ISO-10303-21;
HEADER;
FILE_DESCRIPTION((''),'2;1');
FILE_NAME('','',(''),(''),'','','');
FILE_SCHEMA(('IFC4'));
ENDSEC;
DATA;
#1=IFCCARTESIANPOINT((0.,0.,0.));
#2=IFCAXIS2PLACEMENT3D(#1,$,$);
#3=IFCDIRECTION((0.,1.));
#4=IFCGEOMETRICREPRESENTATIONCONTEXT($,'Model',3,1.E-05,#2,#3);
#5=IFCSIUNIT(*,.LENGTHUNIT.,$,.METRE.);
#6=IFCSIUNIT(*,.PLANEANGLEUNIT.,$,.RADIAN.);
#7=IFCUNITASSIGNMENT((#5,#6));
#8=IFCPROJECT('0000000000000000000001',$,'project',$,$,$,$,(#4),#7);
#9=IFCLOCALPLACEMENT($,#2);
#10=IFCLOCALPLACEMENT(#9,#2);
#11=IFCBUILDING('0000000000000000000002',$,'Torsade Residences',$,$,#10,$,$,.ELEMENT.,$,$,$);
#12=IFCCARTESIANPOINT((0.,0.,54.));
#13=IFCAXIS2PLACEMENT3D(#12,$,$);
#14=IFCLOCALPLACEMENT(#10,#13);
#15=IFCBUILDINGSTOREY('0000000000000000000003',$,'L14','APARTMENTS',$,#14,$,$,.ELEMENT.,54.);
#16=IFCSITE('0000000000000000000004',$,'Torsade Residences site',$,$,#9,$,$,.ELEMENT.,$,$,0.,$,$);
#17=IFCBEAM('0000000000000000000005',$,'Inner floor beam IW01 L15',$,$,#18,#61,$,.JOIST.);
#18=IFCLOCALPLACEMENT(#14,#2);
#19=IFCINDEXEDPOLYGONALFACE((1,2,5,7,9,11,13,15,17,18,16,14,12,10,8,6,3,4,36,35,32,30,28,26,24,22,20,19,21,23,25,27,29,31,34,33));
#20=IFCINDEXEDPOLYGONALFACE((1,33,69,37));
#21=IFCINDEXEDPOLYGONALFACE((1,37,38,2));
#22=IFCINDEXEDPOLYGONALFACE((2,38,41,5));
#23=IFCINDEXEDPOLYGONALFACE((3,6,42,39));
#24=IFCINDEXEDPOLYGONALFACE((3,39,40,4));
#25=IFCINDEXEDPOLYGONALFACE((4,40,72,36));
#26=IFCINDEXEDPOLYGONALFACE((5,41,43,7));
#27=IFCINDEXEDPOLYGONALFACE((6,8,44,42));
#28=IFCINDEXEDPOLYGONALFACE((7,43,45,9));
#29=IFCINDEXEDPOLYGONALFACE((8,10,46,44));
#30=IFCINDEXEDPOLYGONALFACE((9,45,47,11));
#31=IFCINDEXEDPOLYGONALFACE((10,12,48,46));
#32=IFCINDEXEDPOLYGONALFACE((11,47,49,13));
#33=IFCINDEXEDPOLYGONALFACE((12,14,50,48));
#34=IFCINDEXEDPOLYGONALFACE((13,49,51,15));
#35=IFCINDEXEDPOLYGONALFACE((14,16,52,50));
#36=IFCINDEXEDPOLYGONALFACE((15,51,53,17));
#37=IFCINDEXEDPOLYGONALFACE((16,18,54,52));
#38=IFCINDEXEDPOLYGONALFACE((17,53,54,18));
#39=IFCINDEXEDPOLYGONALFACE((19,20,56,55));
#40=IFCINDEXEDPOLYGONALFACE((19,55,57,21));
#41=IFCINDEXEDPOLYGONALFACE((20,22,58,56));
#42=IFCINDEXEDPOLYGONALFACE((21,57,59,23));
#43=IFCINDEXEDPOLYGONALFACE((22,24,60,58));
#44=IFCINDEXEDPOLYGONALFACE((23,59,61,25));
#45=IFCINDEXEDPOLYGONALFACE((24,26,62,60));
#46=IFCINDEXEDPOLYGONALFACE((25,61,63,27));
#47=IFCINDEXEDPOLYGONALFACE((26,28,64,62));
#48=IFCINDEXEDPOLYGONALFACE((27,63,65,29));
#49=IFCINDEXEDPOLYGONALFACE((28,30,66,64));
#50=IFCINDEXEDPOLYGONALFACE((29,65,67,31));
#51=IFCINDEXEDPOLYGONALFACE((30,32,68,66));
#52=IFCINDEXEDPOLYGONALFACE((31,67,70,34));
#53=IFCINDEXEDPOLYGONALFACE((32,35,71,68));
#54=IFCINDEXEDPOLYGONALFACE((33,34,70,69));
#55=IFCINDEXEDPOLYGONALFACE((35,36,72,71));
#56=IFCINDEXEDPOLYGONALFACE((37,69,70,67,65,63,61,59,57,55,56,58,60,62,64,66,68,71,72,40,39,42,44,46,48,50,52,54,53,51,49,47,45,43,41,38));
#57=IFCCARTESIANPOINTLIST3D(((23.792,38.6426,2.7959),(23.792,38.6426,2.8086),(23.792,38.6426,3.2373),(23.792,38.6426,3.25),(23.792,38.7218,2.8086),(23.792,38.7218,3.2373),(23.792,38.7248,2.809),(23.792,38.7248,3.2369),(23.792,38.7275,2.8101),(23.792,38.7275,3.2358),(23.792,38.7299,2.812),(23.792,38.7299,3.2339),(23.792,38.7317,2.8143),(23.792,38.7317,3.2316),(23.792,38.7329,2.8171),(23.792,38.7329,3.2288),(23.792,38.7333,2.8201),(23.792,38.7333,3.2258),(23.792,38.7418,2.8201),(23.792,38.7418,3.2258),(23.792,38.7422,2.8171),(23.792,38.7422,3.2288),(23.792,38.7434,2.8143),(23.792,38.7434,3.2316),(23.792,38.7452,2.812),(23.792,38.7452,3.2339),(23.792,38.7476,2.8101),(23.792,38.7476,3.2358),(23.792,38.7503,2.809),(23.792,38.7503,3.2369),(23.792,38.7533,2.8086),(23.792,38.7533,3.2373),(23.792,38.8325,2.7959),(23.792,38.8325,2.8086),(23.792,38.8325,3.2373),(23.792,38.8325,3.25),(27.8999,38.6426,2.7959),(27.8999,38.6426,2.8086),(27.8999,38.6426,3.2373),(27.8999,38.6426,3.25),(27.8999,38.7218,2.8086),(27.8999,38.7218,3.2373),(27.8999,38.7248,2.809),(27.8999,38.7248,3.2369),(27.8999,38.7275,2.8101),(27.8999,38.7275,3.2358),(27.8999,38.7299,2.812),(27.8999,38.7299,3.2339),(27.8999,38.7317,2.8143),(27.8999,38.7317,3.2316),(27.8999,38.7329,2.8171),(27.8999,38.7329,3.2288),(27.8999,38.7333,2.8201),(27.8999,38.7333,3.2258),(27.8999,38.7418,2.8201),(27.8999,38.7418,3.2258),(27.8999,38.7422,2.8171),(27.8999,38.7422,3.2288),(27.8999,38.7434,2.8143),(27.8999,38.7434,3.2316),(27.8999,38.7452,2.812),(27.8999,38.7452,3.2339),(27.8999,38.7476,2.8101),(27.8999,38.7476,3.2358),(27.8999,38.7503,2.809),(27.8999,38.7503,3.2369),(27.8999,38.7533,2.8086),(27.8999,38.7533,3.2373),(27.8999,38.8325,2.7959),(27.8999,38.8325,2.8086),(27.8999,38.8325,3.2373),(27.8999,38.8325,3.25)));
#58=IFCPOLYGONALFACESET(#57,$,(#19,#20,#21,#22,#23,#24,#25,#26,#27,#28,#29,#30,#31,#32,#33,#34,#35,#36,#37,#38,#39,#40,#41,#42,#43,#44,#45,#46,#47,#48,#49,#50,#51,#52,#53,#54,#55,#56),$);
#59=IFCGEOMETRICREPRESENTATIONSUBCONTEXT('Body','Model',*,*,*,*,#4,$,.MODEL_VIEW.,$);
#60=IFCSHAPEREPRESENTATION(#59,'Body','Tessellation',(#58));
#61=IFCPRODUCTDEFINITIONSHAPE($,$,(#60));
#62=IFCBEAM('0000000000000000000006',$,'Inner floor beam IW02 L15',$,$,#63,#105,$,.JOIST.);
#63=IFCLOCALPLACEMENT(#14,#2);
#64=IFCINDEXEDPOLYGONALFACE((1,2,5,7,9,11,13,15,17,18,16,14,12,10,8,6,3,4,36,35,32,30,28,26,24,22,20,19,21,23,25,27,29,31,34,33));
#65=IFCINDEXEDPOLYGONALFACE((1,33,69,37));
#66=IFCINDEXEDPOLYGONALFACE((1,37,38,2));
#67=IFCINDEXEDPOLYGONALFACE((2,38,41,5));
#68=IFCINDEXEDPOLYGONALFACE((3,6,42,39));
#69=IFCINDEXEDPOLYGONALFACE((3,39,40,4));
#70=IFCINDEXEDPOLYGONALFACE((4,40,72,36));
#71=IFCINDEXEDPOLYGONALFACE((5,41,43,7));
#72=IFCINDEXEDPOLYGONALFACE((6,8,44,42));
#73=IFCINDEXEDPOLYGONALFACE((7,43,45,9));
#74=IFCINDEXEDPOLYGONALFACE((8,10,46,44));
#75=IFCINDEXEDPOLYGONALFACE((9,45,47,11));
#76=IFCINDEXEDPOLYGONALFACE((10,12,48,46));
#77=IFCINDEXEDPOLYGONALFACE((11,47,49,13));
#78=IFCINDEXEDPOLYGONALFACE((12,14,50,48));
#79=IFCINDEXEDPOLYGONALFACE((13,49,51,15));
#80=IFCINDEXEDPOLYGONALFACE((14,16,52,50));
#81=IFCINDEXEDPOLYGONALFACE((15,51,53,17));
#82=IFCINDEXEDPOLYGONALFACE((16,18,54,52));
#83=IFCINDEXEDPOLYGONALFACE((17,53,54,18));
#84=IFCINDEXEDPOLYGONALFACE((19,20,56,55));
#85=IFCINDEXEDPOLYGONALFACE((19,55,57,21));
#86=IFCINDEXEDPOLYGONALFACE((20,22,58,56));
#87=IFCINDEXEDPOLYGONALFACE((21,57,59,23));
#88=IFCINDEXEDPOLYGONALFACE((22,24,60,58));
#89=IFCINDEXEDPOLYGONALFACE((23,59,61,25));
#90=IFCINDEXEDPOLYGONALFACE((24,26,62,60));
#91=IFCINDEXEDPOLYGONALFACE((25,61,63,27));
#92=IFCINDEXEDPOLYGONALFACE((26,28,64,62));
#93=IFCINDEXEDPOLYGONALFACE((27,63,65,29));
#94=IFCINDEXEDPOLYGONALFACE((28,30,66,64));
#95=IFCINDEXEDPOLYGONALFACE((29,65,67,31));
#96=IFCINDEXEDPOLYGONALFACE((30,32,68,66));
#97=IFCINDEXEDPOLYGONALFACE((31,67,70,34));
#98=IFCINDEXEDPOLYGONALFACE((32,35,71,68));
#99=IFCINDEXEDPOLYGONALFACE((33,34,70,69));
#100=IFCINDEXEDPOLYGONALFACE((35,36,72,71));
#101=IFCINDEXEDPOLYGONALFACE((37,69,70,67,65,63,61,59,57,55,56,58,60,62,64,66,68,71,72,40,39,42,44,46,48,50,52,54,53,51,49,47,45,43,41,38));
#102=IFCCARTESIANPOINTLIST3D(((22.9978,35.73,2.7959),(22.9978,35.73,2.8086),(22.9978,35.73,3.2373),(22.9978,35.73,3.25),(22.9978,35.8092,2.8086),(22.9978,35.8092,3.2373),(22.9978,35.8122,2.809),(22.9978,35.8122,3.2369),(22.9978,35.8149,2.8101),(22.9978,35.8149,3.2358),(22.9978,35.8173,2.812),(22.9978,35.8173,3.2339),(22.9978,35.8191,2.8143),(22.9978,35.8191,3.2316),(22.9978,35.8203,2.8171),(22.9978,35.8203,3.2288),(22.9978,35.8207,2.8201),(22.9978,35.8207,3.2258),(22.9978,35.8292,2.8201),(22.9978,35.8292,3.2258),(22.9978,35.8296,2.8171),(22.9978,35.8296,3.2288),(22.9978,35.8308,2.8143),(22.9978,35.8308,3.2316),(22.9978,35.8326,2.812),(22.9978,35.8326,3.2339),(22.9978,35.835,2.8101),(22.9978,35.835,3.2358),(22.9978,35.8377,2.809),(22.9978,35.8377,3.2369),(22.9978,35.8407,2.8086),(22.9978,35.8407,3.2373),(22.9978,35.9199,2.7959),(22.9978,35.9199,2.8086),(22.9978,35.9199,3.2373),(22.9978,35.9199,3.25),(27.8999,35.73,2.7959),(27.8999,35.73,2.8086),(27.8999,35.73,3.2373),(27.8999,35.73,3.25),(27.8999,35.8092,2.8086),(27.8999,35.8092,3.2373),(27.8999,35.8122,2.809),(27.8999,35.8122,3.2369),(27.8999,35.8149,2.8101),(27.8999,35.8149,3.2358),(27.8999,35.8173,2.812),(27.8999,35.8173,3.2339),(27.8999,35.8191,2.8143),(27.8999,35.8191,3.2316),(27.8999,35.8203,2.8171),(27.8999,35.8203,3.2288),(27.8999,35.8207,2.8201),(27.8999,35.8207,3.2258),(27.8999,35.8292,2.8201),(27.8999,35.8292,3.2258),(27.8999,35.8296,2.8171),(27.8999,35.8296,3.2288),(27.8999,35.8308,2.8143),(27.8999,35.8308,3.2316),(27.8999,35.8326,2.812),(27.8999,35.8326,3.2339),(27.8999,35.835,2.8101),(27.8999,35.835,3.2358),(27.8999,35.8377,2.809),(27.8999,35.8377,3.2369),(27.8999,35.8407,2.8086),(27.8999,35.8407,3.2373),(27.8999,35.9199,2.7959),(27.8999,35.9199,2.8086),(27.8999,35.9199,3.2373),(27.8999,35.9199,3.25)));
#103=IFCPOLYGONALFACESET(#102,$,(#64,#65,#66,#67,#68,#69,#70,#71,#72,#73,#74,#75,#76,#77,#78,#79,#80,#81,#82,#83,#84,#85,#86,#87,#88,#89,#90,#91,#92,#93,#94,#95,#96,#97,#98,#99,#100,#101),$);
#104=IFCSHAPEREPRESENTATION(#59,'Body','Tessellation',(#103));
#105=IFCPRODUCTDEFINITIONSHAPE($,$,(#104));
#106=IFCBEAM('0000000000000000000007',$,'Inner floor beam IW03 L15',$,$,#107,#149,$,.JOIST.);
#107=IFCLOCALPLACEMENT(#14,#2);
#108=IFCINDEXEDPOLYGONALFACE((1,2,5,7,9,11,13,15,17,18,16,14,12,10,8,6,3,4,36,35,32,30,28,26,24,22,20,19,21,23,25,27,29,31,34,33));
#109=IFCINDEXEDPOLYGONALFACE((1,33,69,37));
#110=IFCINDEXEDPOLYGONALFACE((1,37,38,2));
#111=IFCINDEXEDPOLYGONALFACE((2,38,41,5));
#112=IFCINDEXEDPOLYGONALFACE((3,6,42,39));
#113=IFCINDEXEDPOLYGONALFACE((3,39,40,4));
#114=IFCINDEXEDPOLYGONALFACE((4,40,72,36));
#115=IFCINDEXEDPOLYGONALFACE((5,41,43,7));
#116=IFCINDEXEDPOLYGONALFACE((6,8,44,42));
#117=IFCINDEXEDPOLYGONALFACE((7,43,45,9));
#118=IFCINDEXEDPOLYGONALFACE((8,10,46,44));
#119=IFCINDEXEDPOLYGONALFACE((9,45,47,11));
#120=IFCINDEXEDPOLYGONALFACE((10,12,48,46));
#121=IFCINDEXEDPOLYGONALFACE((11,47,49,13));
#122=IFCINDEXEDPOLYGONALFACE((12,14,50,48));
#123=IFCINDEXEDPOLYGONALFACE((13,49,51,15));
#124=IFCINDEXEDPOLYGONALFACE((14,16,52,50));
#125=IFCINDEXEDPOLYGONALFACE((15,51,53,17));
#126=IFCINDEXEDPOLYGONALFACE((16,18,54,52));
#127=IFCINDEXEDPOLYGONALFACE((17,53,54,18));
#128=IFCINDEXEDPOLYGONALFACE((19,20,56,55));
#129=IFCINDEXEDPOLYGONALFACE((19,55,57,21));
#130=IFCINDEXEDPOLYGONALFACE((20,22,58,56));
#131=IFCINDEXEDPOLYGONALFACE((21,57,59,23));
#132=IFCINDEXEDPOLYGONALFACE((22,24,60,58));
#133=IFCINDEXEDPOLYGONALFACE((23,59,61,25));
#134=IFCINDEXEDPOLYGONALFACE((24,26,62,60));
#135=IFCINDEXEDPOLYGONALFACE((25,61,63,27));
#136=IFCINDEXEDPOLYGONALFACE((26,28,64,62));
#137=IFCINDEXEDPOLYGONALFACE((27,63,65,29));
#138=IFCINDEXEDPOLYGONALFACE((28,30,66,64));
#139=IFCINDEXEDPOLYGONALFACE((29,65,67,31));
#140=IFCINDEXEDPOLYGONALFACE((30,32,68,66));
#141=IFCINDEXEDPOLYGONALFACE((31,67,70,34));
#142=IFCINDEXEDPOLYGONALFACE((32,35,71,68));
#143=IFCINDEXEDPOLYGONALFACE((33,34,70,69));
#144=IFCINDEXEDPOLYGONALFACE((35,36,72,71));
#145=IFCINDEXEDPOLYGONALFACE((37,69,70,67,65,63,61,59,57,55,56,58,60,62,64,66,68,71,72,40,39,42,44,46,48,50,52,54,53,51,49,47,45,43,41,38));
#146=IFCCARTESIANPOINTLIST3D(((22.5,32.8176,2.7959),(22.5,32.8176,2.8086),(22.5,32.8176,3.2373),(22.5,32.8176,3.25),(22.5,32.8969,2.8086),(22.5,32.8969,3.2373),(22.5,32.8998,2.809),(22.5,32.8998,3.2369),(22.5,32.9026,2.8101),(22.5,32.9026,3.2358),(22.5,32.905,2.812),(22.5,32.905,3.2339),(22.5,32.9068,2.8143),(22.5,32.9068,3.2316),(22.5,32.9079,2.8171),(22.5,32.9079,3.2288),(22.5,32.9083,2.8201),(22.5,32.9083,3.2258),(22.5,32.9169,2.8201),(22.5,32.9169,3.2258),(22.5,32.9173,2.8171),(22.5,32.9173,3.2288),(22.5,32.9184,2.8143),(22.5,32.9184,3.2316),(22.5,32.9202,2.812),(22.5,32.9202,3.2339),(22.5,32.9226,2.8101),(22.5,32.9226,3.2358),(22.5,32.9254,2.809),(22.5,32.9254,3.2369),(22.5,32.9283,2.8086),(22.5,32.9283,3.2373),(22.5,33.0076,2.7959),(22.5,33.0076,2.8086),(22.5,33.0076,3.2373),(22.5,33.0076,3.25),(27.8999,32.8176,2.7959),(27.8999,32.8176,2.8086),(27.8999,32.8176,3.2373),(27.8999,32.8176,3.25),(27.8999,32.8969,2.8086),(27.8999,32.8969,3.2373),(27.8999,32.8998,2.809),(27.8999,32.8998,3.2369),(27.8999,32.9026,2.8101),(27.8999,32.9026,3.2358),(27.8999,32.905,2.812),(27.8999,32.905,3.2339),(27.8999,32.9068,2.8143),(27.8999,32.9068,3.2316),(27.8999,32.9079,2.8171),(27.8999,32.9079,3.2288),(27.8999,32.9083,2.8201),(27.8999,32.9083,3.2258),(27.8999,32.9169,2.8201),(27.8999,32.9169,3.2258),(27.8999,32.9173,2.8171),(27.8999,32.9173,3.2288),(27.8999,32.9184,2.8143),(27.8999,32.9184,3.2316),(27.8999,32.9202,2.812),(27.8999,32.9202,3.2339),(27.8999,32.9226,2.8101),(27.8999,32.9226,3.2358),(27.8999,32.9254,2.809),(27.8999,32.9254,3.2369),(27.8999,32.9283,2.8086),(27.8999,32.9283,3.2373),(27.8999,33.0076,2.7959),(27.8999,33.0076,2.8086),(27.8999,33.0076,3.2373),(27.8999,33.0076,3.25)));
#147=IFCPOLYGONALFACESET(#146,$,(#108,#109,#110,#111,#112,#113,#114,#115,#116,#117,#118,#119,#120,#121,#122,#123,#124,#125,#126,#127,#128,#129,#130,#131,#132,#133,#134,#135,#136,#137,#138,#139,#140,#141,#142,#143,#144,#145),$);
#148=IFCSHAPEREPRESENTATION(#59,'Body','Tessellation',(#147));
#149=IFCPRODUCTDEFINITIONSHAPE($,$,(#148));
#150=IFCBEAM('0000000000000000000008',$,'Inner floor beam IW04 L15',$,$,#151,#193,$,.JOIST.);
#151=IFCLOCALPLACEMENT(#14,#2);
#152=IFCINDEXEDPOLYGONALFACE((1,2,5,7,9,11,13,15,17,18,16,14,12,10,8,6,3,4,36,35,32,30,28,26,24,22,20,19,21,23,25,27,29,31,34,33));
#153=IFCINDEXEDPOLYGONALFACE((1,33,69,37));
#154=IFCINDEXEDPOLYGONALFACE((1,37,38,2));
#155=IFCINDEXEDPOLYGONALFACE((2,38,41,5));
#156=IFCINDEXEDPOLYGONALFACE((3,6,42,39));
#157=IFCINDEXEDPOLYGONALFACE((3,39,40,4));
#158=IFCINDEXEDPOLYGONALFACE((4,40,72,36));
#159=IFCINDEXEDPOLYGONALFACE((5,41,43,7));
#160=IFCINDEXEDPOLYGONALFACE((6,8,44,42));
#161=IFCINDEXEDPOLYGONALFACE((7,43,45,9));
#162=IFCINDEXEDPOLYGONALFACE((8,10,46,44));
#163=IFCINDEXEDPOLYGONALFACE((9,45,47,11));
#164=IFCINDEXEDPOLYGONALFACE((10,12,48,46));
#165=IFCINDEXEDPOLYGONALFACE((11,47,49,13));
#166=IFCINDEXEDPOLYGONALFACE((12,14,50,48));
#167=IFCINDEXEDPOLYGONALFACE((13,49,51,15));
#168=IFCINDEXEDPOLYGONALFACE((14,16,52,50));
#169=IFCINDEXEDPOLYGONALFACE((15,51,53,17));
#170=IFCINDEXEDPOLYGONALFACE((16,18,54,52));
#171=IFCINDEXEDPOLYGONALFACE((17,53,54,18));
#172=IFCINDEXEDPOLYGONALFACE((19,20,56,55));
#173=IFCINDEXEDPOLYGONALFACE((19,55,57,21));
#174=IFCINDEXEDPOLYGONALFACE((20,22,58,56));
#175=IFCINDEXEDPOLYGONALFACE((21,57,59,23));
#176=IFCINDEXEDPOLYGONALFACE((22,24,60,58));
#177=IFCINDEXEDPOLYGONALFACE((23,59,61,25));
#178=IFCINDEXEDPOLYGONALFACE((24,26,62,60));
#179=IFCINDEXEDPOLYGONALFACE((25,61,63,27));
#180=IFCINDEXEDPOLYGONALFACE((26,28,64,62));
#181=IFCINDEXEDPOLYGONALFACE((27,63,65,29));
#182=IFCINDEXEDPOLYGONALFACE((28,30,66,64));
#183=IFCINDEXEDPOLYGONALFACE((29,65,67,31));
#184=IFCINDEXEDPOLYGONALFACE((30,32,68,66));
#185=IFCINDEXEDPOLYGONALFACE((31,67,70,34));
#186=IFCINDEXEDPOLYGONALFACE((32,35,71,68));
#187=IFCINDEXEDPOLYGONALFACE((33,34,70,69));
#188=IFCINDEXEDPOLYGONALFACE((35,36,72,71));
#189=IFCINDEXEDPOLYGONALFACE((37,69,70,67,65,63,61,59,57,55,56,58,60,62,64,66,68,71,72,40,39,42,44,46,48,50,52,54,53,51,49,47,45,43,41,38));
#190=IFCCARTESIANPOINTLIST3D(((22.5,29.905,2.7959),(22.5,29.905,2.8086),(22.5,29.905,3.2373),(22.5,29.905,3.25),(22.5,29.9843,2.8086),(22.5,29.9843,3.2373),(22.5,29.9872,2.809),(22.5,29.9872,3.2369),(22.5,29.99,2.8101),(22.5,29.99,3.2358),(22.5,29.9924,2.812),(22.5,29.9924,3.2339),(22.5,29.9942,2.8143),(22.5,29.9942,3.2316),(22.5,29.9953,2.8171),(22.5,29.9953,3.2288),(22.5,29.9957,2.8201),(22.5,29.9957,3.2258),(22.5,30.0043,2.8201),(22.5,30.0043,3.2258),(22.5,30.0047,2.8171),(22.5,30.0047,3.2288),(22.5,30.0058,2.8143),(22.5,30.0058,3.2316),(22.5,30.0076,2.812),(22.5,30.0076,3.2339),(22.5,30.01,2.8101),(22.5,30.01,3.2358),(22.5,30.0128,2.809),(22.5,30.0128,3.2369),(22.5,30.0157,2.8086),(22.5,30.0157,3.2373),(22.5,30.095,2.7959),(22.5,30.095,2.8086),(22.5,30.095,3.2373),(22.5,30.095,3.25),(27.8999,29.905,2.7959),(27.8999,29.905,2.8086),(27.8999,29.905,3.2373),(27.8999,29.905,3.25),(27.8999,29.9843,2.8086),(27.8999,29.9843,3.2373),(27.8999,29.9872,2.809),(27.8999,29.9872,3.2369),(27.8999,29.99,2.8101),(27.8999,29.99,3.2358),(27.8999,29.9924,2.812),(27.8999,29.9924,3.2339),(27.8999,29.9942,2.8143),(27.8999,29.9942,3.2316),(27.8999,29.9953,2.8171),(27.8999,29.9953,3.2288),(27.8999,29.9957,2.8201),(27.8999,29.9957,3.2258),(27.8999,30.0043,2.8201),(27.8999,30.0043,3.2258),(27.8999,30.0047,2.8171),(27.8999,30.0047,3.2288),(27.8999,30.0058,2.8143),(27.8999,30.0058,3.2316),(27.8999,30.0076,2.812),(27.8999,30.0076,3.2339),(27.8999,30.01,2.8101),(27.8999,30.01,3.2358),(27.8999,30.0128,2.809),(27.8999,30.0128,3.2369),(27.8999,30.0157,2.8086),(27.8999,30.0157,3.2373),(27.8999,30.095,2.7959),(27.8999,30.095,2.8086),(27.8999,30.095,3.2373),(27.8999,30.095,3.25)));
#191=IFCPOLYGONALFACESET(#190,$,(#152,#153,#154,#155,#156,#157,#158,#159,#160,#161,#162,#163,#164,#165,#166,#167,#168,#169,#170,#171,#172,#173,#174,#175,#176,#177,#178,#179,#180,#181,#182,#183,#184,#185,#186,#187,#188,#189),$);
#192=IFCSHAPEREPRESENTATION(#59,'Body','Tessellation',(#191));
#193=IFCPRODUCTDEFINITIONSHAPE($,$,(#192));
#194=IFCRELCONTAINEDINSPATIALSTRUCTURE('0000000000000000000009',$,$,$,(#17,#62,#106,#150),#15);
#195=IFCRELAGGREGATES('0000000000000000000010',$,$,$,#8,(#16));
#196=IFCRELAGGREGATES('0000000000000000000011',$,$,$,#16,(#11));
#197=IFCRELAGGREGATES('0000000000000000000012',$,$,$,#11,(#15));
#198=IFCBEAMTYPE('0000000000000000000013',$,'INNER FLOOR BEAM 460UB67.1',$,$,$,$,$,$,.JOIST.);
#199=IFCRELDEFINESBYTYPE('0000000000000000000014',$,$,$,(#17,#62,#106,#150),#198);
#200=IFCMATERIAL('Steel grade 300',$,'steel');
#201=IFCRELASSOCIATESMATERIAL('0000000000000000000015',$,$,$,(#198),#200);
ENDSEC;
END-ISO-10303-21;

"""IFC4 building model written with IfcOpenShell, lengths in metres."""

from ifc_helpers import new_model, si_unit, direction, frame, origin, origin_2d, place, context, subcontext, project, spatial, i_section, extrude, material, material_profile, profile_set, type_object, element, save


model = new_model("IFC4")

# Units and contexts
model_context = context("Model", 3, precision=1e-05, world=origin(), true_north=direction((0.0, 1.0)))
body_context = subcontext(model_context, "Body", "Model", "MODEL_VIEW")
ifc_project = project(units=[si_unit("LENGTHUNIT", "METRE"), si_unit("PLANEANGLEUNIT", "RADIAN")], contexts=[model_context])

# Site, building, storey
site_placement = place(None, origin())
site = spatial("IfcSite", under=ifc_project, at=site_placement, Name="Torsade Residences site", CompositionType="ELEMENT", RefElevation=0.0)
building_placement = place(site_placement, origin())
building = spatial("IfcBuilding", under=site, at=building_placement, Name="Torsade Residences", CompositionType="ELEMENT")
storey_placement = place(building_placement, frame((0.0, 0.0, 54.0)))
storey = spatial("IfcBuildingStorey", under=building, at=storey_placement, Name="L14", Description="APARTMENTS", CompositionType="ELEMENT", Elevation=54.0)

# Beams
ifc_material_1 = material(Name="Steel grade 300", Category="steel")
ifc_material_profile = material_profile(ifc_material_1, i_section(OverallWidth=0.1899, OverallDepth=0.4541, WebThickness=0.0085, FlangeThickness=0.0127, FilletRadius=0.0115, at=origin_2d()), Name="460UB67.1")
ifc_profile_set = profile_set([ifc_material_profile], Name="Steel grade 300")
beam_type = type_object("IfcBeamType", Name="INNER FLOOR BEAM 460UB67.1", PredefinedType="JOIST", material=ifc_profile_set)
beam_1_placement = place(storey_placement, frame((27.8999, 38.7375, 3.0229), z_axis=(-1.0, 0.0, 0.0), x_axis=(0.0, -1.0, 0.0)))
element("IfcBeam", 1, at=beam_1_placement, inside=storey, type_object=beam_type, Name="Inner floor beam IW01 L15", PredefinedType="JOIST", context=body_context, shape_type="SweptSolid", body=[
    extrude(i_section(OverallWidth=0.1899, OverallDepth=0.4541, WebThickness=0.0085, FlangeThickness=0.0127, FilletRadius=0.0115, at=origin_2d()), origin(), (0.0, 0.0, 1.0), 4.1079),
])
beam_2_placement = place(storey_placement, frame((27.8999, 35.825, 3.0229), z_axis=(-1.0, 0.0, 0.0), x_axis=(0.0, -1.0, 0.0)))
element("IfcBeam", 2, at=beam_2_placement, inside=storey, type_object=beam_type, Name="Inner floor beam IW02 L15", PredefinedType="JOIST", context=body_context, shape_type="SweptSolid", body=[
    extrude(i_section(OverallWidth=0.1899, OverallDepth=0.4541, WebThickness=0.0085, FlangeThickness=0.0127, FilletRadius=0.0115, at=origin_2d()), origin(), (0.0, 0.0, 1.0), 4.9021),
])
for number, where, z_axis, x_axis, name in (
    (3, (27.8999, 32.9126, 3.0229), (-1.0, 0.0, 0.0), (0.0, -1.0, 0.0), "Inner floor beam IW03 L15"),
    (4, (27.8999, 30.0, 3.0229), (-1.0, 0.0, 0.0), (0.0, -1.0, 0.0), "Inner floor beam IW04 L15"),
):
    element("IfcBeam", number, at=place(storey_placement, frame(where, z_axis=z_axis, x_axis=x_axis)), inside=storey, type_object=beam_type, Name=name, PredefinedType="JOIST", context=body_context, shape_type="SweptSolid", body=[
        extrude(i_section(OverallWidth=0.1899, OverallDepth=0.4541, WebThickness=0.0085, FlangeThickness=0.0127, FilletRadius=0.0115, at=origin_2d()), origin(), (0.0, 0.0, 1.0), 5.3999),
    ])

save(model, "model.ifc")
